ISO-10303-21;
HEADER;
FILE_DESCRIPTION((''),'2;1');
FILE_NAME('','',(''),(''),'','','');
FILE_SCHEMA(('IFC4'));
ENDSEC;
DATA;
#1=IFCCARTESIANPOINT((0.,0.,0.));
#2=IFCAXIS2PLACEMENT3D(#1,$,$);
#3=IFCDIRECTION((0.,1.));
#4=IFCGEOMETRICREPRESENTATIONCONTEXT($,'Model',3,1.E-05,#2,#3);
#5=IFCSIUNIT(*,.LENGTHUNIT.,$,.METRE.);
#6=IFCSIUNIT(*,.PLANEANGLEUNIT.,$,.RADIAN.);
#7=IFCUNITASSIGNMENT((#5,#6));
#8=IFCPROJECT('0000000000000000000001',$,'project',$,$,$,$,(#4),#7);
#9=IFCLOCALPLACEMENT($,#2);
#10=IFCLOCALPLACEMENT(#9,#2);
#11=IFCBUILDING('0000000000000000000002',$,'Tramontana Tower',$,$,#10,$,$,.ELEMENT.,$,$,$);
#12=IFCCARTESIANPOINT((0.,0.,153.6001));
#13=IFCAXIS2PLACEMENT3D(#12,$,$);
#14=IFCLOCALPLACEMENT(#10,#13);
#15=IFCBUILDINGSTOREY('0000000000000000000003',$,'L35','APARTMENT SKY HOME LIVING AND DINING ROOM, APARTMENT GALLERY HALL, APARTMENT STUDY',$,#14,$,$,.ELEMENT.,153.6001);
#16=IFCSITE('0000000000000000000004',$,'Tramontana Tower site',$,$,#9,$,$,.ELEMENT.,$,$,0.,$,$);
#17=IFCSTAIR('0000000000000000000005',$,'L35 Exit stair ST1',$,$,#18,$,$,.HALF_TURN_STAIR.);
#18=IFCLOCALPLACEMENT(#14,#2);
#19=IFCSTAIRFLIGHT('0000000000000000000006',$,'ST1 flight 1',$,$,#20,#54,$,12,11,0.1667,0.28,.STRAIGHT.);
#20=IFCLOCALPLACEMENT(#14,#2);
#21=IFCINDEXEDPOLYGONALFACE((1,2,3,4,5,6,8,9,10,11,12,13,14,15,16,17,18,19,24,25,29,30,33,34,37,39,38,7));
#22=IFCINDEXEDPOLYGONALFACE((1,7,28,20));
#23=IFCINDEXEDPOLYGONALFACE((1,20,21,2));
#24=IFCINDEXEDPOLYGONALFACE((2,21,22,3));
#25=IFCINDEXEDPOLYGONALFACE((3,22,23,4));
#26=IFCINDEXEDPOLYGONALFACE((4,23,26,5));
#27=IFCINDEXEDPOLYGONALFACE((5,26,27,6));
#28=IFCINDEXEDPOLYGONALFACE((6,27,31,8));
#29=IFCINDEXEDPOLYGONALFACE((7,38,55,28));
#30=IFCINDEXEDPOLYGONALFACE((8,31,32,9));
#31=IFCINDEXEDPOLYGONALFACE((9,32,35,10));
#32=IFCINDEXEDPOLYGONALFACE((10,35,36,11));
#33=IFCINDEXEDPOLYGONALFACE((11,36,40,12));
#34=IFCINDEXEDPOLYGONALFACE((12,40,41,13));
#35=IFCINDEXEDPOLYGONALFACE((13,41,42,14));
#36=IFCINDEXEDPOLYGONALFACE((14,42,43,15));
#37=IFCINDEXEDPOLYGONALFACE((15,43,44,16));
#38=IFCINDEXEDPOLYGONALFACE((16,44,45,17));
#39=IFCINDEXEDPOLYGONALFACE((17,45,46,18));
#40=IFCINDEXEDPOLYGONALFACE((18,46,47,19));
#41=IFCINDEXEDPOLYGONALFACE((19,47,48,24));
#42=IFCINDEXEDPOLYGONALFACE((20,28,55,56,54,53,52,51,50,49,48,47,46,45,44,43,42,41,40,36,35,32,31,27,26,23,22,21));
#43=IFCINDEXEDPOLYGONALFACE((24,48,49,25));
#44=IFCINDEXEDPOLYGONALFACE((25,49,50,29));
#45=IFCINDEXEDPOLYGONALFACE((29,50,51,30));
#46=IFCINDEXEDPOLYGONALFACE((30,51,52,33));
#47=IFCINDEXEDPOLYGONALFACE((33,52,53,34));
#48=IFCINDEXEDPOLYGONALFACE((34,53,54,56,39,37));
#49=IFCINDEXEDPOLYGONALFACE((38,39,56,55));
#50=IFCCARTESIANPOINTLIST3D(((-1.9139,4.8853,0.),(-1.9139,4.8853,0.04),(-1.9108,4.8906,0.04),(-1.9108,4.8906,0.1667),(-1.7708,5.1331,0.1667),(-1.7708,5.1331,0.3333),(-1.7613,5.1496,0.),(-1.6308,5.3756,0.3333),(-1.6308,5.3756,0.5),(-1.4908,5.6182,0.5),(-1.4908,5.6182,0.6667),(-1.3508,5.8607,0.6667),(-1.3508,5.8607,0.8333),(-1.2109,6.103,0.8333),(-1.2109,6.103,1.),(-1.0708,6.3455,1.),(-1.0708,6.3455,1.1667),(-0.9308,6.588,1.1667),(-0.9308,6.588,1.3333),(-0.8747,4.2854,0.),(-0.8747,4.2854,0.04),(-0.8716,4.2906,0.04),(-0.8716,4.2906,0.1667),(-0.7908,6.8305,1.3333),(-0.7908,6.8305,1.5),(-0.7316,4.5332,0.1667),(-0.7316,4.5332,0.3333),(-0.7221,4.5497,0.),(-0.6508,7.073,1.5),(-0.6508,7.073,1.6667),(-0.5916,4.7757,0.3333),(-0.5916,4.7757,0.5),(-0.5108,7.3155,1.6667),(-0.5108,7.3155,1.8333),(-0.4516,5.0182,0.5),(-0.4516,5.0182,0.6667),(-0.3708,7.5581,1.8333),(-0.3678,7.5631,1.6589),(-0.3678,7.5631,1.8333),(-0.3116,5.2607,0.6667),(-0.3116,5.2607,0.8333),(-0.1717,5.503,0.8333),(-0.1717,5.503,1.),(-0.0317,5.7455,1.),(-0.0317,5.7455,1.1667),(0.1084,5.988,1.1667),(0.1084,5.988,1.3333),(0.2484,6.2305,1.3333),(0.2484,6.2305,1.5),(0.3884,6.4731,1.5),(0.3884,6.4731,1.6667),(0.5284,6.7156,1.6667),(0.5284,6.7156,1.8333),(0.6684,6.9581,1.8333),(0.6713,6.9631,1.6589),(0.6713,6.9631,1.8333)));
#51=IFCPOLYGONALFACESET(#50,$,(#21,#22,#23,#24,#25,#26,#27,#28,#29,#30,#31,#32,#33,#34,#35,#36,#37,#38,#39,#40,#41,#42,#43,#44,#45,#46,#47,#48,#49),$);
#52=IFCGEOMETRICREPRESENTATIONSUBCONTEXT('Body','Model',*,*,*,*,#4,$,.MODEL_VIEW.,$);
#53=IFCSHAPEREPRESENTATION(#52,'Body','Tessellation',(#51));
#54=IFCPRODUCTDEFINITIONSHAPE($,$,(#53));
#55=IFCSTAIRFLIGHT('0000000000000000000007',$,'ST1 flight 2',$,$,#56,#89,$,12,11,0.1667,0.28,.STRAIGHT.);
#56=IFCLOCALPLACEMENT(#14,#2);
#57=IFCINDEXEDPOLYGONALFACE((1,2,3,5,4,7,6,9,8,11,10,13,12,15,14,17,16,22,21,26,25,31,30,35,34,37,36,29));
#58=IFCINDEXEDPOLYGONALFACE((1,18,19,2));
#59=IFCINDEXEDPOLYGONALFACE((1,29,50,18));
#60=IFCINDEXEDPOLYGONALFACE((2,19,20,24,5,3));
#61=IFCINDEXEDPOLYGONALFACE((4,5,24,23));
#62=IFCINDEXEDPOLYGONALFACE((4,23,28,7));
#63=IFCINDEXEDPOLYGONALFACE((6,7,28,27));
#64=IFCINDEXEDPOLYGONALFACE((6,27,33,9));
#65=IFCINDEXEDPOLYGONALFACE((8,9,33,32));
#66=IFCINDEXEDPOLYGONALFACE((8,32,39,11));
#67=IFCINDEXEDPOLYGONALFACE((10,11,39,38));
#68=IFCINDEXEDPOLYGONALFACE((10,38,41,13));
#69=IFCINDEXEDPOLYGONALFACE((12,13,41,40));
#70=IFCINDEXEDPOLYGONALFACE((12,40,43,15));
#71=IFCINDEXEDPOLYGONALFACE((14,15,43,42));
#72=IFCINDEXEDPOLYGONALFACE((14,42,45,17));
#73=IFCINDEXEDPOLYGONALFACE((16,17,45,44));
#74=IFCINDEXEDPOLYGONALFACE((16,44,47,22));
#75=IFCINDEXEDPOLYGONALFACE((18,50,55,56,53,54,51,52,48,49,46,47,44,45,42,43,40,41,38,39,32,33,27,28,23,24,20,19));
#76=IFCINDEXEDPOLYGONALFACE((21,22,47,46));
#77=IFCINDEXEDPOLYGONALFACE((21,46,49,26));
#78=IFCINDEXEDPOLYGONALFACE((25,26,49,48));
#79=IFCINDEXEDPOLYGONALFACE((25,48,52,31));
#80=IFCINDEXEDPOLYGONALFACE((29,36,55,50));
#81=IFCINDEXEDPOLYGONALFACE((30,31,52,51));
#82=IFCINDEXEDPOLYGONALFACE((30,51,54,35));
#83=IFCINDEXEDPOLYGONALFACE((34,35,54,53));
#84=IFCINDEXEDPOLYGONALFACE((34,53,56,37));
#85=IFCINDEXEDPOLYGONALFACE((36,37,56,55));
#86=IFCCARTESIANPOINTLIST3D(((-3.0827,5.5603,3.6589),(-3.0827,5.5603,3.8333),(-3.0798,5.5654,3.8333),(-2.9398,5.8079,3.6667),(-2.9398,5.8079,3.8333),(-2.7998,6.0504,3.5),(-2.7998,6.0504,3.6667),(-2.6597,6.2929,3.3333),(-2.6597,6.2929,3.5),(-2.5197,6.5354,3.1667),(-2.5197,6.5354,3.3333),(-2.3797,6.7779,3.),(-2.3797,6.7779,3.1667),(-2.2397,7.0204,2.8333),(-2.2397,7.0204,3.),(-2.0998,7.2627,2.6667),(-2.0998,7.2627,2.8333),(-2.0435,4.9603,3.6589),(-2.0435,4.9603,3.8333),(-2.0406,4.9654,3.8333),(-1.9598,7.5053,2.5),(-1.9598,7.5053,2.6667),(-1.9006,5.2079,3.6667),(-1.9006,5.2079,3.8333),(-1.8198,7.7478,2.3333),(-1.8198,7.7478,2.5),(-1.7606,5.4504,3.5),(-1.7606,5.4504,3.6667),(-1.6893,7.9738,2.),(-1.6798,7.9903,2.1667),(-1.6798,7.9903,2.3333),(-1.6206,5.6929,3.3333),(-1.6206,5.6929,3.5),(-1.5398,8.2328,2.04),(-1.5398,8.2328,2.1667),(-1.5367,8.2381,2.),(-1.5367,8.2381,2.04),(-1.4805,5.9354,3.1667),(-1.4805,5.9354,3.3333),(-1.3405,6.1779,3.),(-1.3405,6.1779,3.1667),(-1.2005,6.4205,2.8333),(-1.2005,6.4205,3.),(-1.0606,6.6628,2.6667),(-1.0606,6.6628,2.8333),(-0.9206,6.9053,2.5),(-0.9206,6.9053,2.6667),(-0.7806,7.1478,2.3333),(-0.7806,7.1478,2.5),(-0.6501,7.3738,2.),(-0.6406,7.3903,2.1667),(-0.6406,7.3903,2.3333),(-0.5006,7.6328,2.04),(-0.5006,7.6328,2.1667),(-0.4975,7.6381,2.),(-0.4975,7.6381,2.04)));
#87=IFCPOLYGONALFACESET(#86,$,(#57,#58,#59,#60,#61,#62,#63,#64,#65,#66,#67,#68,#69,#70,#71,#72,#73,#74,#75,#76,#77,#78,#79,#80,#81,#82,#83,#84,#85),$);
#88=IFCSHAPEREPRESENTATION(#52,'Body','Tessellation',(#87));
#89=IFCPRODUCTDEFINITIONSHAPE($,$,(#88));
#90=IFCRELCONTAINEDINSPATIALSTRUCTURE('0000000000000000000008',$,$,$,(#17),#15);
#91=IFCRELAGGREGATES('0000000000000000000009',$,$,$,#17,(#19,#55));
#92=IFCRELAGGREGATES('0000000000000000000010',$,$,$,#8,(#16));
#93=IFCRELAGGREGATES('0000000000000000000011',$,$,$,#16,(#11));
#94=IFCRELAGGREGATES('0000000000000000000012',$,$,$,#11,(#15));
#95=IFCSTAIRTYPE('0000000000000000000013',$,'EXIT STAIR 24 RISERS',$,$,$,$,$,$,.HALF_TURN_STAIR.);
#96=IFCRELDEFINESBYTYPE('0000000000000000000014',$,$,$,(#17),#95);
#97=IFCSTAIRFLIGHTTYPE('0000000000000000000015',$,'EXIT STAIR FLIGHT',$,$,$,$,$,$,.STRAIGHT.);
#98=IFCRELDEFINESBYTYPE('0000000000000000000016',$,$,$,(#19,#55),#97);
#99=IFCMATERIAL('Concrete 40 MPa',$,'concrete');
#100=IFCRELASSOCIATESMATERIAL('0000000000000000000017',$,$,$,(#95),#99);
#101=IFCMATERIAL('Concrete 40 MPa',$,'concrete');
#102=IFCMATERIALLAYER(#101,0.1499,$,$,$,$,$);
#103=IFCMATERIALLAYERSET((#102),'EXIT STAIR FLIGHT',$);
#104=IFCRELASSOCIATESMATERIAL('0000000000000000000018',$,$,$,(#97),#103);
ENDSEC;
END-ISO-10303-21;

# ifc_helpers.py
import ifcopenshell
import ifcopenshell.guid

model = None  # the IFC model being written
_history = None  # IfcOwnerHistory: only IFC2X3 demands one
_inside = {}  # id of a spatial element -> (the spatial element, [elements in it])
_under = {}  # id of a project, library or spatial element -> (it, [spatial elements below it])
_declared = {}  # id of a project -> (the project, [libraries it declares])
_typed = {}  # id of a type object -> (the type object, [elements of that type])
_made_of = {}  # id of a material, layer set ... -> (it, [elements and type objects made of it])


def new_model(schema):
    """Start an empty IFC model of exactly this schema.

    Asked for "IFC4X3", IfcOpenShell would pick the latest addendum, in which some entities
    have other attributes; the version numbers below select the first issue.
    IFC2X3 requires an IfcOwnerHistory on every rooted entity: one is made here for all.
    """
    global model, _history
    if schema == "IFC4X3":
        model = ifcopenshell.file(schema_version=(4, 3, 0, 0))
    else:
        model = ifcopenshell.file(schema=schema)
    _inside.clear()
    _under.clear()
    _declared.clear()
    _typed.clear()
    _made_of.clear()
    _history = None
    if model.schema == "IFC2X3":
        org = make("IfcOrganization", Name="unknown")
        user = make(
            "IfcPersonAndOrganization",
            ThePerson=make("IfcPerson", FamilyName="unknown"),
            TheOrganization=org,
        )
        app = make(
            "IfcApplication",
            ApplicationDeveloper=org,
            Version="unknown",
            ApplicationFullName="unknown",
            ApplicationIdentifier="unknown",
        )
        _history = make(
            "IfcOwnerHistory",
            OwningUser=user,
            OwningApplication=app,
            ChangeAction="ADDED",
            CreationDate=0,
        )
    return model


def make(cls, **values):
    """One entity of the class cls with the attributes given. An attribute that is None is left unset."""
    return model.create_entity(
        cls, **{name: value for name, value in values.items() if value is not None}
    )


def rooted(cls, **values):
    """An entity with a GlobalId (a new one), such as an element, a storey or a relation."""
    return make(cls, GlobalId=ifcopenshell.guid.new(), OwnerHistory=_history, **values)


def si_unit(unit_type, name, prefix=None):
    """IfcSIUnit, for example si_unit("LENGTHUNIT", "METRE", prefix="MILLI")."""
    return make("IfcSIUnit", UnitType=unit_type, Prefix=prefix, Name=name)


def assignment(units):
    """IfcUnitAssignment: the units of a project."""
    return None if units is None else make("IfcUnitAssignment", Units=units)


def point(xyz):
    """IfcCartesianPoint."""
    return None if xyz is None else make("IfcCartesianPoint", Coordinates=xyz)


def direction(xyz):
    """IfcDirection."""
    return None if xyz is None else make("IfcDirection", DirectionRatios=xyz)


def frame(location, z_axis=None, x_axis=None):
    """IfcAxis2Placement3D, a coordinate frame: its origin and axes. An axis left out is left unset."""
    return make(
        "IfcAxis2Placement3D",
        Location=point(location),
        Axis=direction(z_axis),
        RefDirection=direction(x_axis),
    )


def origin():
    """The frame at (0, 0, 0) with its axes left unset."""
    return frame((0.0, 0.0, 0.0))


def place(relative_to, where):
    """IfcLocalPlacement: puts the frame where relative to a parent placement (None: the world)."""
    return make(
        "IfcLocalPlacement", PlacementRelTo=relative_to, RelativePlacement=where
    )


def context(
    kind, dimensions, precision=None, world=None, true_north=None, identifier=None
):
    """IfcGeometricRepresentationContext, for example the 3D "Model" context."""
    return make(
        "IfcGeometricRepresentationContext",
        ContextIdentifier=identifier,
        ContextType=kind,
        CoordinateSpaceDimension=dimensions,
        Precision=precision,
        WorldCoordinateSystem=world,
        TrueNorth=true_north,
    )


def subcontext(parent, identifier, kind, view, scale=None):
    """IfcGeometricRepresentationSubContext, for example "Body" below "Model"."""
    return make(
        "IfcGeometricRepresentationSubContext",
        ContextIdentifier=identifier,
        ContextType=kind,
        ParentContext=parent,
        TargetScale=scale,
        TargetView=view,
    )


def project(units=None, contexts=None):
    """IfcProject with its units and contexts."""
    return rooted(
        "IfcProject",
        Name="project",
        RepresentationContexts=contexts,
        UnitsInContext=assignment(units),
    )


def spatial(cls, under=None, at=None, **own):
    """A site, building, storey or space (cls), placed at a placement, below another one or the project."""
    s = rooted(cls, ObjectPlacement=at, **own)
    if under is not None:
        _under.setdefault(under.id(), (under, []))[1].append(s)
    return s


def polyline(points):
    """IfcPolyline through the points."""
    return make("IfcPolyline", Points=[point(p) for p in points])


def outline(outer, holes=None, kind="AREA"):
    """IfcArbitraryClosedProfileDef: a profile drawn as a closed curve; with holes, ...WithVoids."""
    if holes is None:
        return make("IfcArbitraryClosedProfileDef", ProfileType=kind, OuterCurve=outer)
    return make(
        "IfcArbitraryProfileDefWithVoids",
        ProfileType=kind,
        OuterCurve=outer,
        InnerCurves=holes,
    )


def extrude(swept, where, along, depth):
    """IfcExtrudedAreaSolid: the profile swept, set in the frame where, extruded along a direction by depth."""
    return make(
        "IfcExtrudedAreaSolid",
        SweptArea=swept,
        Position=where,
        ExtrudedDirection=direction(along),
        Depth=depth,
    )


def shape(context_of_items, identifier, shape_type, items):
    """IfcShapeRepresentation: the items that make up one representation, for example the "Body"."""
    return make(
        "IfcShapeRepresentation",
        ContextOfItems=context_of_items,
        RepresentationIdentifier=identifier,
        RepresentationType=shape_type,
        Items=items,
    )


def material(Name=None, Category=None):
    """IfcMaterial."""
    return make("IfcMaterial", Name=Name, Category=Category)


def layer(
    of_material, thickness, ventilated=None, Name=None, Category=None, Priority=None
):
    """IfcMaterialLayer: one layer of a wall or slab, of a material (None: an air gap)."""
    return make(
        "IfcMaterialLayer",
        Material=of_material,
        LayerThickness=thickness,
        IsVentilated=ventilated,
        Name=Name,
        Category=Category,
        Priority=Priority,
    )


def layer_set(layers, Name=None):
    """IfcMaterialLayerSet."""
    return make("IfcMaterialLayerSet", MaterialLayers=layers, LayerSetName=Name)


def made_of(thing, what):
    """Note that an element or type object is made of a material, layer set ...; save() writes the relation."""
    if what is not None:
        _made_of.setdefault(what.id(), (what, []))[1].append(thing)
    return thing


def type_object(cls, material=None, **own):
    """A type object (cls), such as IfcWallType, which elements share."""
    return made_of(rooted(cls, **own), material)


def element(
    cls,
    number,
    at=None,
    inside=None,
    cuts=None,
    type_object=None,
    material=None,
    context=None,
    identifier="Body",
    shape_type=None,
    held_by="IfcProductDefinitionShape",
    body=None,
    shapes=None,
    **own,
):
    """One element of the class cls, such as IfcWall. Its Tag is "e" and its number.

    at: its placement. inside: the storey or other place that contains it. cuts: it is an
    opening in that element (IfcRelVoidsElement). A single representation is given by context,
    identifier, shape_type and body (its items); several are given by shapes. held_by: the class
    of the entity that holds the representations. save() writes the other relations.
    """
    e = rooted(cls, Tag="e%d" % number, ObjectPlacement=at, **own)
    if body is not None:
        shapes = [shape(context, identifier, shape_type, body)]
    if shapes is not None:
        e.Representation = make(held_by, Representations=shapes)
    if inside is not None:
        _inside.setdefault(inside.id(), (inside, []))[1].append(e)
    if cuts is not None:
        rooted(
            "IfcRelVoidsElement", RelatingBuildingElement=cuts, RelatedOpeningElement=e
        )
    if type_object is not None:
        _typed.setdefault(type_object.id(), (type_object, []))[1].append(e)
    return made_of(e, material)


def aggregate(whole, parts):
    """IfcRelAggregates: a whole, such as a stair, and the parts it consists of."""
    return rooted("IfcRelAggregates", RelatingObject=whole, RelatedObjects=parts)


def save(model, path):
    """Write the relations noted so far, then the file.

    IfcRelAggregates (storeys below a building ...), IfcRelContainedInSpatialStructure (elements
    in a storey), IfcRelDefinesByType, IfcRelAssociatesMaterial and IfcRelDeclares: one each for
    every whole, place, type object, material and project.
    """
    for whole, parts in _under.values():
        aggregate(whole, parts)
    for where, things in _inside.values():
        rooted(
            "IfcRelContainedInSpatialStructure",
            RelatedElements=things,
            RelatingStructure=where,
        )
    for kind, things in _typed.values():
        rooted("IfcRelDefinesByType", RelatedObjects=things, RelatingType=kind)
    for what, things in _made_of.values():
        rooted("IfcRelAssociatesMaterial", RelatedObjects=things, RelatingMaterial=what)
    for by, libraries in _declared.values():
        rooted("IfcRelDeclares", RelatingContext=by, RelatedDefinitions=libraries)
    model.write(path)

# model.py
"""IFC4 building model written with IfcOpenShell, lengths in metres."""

from ifc_helpers import new_model, si_unit, direction, frame, origin, place, context, subcontext, project, spatial, polyline, outline, extrude, material, layer, layer_set, type_object, element, aggregate, save


model = new_model("IFC4")

# Units and contexts
model_context = context("Model", 3, precision=1e-05, world=origin(), true_north=direction((0.0, 1.0)))
body_context = subcontext(model_context, "Body", "Model", "MODEL_VIEW")
ifc_project = project(units=[si_unit("LENGTHUNIT", "METRE"), si_unit("PLANEANGLEUNIT", "RADIAN")], contexts=[model_context])

# Site, building, storey
site_placement = place(None, origin())
site = spatial("IfcSite", under=ifc_project, at=site_placement, Name="Tramontana Tower site", CompositionType="ELEMENT", RefElevation=0.0)
building_placement = place(site_placement, origin())
building = spatial("IfcBuilding", under=site, at=building_placement, Name="Tramontana Tower", CompositionType="ELEMENT")
storey_placement = place(building_placement, frame((0.0, 0.0, 153.6001)))
storey = spatial("IfcBuildingStorey", under=building, at=storey_placement, Name="L35", Description="APARTMENT SKY HOME LIVING AND DINING ROOM, APARTMENT GALLERY HALL, APARTMENT STUDY", CompositionType="ELEMENT", Elevation=153.6001)

# Stair, stair flights
ifc_material_1 = material(Name="Concrete 40 MPa", Category="concrete")
stair_type = type_object("IfcStairType", Name="EXIT STAIR 24 RISERS", PredefinedType="HALF_TURN_STAIR", material=ifc_material_1)
stair_placement = place(storey_placement, origin())
stair = element("IfcStair", 1, at=stair_placement, inside=storey, type_object=stair_type, Name="L35 Exit stair ST1", PredefinedType="HALF_TURN_STAIR")
ifc_material_2 = material(Name="Concrete 40 MPa", Category="concrete")
ifc_layer_1 = layer(ifc_material_2, 0.1499)
ifc_layer_set_1 = layer_set([ifc_layer_1], Name="EXIT STAIR FLIGHT")
stair_flight_type = type_object("IfcStairFlightType", Name="EXIT STAIR FLIGHT", PredefinedType="STRAIGHT", material=ifc_layer_set_1)
stair_flight_1_placement = place(storey_placement, frame((-1.3911, 4.5906, 0.0), z_axis=(0.0, 0.0, 1.0), x_axis=(0.5, 0.866025, 0.0)))
stair_flight_1 = element("IfcStairFlight", 2, at=stair_flight_1_placement, type_object=stair_flight_type, Name="ST1 flight 1", NumberOfRisers=12, NumberOfTreads=11, PredefinedType="STRAIGHT", RiserHeight=0.1667, TreadLength=0.28, context=body_context, shape_type="SweptSolid", body=[
    extrude(outline(polyline([(-0.0061, 0.0), (-0.0061, 0.04), (0.0, 0.04), (0.0, 0.1667), (0.28, 0.1667), (0.28, 0.3333), (0.5601, 0.3333), (0.5601, 0.5), (0.8401, 0.5), (0.8401, 0.6667), (1.1201, 0.6667), (1.1201, 0.8333), (1.3999, 0.8333), (1.3999, 1.0), (1.6799, 1.0), (1.6799, 1.1667), (1.96, 1.1667), (1.96, 1.3333), (2.24, 1.3333), (2.24, 1.5), (2.52, 1.5), (2.52, 1.6667), (2.8, 1.6667), (2.8, 1.8333), (3.0801, 1.8333), (3.0859, 1.8333), (3.0859, 1.6589), (0.2991, 0.0), (-0.0061, 0.0)])), frame((0.0, 0.6001, 0.0), z_axis=(0.0, -1.0, 0.0), x_axis=(1.0, 0.0, 0.0)), (0.0, 0.0, 1.0), 1.2),
])
stair_flight_2_placement = place(storey_placement, frame((-1.0203, 7.9329, 2.0), z_axis=(0.0, 0.0, 1.0), x_axis=(-0.5, -0.866025, 0.0)))
stair_flight_2 = element("IfcStairFlight", 3, at=stair_flight_2_placement, type_object=stair_flight_type, Name="ST1 flight 2", NumberOfRisers=12, NumberOfTreads=11, PredefinedType="STRAIGHT", RiserHeight=0.1667, TreadLength=0.28, context=body_context, shape_type="SweptSolid", body=[
    extrude(outline(polyline([(-0.0061, 0.0), (-0.0061, 0.04), (0.0, 0.04), (0.0, 0.1667), (0.28, 0.1667), (0.28, 0.3333), (0.5601, 0.3333), (0.5601, 0.5), (0.8401, 0.5), (0.8401, 0.6667), (1.1201, 0.6667), (1.1201, 0.8333), (1.3999, 0.8333), (1.3999, 1.0), (1.6799, 1.0), (1.6799, 1.1667), (1.96, 1.1667), (1.96, 1.3333), (2.24, 1.3333), (2.24, 1.5), (2.52, 1.5), (2.52, 1.6667), (2.8, 1.6667), (2.8, 1.8333), (3.0801, 1.8333), (3.0859, 1.8333), (3.0859, 1.6589), (0.2991, 0.0), (-0.0061, 0.0)])), frame((0.0, 0.6001, 0.0), z_axis=(0.0, -1.0, 0.0), x_axis=(1.0, 0.0, 0.0)), (0.0, 0.0, 1.0), 1.2),
])
aggregate(stair, [stair_flight_1, stair_flight_2])

save(model, "model.ifc")
